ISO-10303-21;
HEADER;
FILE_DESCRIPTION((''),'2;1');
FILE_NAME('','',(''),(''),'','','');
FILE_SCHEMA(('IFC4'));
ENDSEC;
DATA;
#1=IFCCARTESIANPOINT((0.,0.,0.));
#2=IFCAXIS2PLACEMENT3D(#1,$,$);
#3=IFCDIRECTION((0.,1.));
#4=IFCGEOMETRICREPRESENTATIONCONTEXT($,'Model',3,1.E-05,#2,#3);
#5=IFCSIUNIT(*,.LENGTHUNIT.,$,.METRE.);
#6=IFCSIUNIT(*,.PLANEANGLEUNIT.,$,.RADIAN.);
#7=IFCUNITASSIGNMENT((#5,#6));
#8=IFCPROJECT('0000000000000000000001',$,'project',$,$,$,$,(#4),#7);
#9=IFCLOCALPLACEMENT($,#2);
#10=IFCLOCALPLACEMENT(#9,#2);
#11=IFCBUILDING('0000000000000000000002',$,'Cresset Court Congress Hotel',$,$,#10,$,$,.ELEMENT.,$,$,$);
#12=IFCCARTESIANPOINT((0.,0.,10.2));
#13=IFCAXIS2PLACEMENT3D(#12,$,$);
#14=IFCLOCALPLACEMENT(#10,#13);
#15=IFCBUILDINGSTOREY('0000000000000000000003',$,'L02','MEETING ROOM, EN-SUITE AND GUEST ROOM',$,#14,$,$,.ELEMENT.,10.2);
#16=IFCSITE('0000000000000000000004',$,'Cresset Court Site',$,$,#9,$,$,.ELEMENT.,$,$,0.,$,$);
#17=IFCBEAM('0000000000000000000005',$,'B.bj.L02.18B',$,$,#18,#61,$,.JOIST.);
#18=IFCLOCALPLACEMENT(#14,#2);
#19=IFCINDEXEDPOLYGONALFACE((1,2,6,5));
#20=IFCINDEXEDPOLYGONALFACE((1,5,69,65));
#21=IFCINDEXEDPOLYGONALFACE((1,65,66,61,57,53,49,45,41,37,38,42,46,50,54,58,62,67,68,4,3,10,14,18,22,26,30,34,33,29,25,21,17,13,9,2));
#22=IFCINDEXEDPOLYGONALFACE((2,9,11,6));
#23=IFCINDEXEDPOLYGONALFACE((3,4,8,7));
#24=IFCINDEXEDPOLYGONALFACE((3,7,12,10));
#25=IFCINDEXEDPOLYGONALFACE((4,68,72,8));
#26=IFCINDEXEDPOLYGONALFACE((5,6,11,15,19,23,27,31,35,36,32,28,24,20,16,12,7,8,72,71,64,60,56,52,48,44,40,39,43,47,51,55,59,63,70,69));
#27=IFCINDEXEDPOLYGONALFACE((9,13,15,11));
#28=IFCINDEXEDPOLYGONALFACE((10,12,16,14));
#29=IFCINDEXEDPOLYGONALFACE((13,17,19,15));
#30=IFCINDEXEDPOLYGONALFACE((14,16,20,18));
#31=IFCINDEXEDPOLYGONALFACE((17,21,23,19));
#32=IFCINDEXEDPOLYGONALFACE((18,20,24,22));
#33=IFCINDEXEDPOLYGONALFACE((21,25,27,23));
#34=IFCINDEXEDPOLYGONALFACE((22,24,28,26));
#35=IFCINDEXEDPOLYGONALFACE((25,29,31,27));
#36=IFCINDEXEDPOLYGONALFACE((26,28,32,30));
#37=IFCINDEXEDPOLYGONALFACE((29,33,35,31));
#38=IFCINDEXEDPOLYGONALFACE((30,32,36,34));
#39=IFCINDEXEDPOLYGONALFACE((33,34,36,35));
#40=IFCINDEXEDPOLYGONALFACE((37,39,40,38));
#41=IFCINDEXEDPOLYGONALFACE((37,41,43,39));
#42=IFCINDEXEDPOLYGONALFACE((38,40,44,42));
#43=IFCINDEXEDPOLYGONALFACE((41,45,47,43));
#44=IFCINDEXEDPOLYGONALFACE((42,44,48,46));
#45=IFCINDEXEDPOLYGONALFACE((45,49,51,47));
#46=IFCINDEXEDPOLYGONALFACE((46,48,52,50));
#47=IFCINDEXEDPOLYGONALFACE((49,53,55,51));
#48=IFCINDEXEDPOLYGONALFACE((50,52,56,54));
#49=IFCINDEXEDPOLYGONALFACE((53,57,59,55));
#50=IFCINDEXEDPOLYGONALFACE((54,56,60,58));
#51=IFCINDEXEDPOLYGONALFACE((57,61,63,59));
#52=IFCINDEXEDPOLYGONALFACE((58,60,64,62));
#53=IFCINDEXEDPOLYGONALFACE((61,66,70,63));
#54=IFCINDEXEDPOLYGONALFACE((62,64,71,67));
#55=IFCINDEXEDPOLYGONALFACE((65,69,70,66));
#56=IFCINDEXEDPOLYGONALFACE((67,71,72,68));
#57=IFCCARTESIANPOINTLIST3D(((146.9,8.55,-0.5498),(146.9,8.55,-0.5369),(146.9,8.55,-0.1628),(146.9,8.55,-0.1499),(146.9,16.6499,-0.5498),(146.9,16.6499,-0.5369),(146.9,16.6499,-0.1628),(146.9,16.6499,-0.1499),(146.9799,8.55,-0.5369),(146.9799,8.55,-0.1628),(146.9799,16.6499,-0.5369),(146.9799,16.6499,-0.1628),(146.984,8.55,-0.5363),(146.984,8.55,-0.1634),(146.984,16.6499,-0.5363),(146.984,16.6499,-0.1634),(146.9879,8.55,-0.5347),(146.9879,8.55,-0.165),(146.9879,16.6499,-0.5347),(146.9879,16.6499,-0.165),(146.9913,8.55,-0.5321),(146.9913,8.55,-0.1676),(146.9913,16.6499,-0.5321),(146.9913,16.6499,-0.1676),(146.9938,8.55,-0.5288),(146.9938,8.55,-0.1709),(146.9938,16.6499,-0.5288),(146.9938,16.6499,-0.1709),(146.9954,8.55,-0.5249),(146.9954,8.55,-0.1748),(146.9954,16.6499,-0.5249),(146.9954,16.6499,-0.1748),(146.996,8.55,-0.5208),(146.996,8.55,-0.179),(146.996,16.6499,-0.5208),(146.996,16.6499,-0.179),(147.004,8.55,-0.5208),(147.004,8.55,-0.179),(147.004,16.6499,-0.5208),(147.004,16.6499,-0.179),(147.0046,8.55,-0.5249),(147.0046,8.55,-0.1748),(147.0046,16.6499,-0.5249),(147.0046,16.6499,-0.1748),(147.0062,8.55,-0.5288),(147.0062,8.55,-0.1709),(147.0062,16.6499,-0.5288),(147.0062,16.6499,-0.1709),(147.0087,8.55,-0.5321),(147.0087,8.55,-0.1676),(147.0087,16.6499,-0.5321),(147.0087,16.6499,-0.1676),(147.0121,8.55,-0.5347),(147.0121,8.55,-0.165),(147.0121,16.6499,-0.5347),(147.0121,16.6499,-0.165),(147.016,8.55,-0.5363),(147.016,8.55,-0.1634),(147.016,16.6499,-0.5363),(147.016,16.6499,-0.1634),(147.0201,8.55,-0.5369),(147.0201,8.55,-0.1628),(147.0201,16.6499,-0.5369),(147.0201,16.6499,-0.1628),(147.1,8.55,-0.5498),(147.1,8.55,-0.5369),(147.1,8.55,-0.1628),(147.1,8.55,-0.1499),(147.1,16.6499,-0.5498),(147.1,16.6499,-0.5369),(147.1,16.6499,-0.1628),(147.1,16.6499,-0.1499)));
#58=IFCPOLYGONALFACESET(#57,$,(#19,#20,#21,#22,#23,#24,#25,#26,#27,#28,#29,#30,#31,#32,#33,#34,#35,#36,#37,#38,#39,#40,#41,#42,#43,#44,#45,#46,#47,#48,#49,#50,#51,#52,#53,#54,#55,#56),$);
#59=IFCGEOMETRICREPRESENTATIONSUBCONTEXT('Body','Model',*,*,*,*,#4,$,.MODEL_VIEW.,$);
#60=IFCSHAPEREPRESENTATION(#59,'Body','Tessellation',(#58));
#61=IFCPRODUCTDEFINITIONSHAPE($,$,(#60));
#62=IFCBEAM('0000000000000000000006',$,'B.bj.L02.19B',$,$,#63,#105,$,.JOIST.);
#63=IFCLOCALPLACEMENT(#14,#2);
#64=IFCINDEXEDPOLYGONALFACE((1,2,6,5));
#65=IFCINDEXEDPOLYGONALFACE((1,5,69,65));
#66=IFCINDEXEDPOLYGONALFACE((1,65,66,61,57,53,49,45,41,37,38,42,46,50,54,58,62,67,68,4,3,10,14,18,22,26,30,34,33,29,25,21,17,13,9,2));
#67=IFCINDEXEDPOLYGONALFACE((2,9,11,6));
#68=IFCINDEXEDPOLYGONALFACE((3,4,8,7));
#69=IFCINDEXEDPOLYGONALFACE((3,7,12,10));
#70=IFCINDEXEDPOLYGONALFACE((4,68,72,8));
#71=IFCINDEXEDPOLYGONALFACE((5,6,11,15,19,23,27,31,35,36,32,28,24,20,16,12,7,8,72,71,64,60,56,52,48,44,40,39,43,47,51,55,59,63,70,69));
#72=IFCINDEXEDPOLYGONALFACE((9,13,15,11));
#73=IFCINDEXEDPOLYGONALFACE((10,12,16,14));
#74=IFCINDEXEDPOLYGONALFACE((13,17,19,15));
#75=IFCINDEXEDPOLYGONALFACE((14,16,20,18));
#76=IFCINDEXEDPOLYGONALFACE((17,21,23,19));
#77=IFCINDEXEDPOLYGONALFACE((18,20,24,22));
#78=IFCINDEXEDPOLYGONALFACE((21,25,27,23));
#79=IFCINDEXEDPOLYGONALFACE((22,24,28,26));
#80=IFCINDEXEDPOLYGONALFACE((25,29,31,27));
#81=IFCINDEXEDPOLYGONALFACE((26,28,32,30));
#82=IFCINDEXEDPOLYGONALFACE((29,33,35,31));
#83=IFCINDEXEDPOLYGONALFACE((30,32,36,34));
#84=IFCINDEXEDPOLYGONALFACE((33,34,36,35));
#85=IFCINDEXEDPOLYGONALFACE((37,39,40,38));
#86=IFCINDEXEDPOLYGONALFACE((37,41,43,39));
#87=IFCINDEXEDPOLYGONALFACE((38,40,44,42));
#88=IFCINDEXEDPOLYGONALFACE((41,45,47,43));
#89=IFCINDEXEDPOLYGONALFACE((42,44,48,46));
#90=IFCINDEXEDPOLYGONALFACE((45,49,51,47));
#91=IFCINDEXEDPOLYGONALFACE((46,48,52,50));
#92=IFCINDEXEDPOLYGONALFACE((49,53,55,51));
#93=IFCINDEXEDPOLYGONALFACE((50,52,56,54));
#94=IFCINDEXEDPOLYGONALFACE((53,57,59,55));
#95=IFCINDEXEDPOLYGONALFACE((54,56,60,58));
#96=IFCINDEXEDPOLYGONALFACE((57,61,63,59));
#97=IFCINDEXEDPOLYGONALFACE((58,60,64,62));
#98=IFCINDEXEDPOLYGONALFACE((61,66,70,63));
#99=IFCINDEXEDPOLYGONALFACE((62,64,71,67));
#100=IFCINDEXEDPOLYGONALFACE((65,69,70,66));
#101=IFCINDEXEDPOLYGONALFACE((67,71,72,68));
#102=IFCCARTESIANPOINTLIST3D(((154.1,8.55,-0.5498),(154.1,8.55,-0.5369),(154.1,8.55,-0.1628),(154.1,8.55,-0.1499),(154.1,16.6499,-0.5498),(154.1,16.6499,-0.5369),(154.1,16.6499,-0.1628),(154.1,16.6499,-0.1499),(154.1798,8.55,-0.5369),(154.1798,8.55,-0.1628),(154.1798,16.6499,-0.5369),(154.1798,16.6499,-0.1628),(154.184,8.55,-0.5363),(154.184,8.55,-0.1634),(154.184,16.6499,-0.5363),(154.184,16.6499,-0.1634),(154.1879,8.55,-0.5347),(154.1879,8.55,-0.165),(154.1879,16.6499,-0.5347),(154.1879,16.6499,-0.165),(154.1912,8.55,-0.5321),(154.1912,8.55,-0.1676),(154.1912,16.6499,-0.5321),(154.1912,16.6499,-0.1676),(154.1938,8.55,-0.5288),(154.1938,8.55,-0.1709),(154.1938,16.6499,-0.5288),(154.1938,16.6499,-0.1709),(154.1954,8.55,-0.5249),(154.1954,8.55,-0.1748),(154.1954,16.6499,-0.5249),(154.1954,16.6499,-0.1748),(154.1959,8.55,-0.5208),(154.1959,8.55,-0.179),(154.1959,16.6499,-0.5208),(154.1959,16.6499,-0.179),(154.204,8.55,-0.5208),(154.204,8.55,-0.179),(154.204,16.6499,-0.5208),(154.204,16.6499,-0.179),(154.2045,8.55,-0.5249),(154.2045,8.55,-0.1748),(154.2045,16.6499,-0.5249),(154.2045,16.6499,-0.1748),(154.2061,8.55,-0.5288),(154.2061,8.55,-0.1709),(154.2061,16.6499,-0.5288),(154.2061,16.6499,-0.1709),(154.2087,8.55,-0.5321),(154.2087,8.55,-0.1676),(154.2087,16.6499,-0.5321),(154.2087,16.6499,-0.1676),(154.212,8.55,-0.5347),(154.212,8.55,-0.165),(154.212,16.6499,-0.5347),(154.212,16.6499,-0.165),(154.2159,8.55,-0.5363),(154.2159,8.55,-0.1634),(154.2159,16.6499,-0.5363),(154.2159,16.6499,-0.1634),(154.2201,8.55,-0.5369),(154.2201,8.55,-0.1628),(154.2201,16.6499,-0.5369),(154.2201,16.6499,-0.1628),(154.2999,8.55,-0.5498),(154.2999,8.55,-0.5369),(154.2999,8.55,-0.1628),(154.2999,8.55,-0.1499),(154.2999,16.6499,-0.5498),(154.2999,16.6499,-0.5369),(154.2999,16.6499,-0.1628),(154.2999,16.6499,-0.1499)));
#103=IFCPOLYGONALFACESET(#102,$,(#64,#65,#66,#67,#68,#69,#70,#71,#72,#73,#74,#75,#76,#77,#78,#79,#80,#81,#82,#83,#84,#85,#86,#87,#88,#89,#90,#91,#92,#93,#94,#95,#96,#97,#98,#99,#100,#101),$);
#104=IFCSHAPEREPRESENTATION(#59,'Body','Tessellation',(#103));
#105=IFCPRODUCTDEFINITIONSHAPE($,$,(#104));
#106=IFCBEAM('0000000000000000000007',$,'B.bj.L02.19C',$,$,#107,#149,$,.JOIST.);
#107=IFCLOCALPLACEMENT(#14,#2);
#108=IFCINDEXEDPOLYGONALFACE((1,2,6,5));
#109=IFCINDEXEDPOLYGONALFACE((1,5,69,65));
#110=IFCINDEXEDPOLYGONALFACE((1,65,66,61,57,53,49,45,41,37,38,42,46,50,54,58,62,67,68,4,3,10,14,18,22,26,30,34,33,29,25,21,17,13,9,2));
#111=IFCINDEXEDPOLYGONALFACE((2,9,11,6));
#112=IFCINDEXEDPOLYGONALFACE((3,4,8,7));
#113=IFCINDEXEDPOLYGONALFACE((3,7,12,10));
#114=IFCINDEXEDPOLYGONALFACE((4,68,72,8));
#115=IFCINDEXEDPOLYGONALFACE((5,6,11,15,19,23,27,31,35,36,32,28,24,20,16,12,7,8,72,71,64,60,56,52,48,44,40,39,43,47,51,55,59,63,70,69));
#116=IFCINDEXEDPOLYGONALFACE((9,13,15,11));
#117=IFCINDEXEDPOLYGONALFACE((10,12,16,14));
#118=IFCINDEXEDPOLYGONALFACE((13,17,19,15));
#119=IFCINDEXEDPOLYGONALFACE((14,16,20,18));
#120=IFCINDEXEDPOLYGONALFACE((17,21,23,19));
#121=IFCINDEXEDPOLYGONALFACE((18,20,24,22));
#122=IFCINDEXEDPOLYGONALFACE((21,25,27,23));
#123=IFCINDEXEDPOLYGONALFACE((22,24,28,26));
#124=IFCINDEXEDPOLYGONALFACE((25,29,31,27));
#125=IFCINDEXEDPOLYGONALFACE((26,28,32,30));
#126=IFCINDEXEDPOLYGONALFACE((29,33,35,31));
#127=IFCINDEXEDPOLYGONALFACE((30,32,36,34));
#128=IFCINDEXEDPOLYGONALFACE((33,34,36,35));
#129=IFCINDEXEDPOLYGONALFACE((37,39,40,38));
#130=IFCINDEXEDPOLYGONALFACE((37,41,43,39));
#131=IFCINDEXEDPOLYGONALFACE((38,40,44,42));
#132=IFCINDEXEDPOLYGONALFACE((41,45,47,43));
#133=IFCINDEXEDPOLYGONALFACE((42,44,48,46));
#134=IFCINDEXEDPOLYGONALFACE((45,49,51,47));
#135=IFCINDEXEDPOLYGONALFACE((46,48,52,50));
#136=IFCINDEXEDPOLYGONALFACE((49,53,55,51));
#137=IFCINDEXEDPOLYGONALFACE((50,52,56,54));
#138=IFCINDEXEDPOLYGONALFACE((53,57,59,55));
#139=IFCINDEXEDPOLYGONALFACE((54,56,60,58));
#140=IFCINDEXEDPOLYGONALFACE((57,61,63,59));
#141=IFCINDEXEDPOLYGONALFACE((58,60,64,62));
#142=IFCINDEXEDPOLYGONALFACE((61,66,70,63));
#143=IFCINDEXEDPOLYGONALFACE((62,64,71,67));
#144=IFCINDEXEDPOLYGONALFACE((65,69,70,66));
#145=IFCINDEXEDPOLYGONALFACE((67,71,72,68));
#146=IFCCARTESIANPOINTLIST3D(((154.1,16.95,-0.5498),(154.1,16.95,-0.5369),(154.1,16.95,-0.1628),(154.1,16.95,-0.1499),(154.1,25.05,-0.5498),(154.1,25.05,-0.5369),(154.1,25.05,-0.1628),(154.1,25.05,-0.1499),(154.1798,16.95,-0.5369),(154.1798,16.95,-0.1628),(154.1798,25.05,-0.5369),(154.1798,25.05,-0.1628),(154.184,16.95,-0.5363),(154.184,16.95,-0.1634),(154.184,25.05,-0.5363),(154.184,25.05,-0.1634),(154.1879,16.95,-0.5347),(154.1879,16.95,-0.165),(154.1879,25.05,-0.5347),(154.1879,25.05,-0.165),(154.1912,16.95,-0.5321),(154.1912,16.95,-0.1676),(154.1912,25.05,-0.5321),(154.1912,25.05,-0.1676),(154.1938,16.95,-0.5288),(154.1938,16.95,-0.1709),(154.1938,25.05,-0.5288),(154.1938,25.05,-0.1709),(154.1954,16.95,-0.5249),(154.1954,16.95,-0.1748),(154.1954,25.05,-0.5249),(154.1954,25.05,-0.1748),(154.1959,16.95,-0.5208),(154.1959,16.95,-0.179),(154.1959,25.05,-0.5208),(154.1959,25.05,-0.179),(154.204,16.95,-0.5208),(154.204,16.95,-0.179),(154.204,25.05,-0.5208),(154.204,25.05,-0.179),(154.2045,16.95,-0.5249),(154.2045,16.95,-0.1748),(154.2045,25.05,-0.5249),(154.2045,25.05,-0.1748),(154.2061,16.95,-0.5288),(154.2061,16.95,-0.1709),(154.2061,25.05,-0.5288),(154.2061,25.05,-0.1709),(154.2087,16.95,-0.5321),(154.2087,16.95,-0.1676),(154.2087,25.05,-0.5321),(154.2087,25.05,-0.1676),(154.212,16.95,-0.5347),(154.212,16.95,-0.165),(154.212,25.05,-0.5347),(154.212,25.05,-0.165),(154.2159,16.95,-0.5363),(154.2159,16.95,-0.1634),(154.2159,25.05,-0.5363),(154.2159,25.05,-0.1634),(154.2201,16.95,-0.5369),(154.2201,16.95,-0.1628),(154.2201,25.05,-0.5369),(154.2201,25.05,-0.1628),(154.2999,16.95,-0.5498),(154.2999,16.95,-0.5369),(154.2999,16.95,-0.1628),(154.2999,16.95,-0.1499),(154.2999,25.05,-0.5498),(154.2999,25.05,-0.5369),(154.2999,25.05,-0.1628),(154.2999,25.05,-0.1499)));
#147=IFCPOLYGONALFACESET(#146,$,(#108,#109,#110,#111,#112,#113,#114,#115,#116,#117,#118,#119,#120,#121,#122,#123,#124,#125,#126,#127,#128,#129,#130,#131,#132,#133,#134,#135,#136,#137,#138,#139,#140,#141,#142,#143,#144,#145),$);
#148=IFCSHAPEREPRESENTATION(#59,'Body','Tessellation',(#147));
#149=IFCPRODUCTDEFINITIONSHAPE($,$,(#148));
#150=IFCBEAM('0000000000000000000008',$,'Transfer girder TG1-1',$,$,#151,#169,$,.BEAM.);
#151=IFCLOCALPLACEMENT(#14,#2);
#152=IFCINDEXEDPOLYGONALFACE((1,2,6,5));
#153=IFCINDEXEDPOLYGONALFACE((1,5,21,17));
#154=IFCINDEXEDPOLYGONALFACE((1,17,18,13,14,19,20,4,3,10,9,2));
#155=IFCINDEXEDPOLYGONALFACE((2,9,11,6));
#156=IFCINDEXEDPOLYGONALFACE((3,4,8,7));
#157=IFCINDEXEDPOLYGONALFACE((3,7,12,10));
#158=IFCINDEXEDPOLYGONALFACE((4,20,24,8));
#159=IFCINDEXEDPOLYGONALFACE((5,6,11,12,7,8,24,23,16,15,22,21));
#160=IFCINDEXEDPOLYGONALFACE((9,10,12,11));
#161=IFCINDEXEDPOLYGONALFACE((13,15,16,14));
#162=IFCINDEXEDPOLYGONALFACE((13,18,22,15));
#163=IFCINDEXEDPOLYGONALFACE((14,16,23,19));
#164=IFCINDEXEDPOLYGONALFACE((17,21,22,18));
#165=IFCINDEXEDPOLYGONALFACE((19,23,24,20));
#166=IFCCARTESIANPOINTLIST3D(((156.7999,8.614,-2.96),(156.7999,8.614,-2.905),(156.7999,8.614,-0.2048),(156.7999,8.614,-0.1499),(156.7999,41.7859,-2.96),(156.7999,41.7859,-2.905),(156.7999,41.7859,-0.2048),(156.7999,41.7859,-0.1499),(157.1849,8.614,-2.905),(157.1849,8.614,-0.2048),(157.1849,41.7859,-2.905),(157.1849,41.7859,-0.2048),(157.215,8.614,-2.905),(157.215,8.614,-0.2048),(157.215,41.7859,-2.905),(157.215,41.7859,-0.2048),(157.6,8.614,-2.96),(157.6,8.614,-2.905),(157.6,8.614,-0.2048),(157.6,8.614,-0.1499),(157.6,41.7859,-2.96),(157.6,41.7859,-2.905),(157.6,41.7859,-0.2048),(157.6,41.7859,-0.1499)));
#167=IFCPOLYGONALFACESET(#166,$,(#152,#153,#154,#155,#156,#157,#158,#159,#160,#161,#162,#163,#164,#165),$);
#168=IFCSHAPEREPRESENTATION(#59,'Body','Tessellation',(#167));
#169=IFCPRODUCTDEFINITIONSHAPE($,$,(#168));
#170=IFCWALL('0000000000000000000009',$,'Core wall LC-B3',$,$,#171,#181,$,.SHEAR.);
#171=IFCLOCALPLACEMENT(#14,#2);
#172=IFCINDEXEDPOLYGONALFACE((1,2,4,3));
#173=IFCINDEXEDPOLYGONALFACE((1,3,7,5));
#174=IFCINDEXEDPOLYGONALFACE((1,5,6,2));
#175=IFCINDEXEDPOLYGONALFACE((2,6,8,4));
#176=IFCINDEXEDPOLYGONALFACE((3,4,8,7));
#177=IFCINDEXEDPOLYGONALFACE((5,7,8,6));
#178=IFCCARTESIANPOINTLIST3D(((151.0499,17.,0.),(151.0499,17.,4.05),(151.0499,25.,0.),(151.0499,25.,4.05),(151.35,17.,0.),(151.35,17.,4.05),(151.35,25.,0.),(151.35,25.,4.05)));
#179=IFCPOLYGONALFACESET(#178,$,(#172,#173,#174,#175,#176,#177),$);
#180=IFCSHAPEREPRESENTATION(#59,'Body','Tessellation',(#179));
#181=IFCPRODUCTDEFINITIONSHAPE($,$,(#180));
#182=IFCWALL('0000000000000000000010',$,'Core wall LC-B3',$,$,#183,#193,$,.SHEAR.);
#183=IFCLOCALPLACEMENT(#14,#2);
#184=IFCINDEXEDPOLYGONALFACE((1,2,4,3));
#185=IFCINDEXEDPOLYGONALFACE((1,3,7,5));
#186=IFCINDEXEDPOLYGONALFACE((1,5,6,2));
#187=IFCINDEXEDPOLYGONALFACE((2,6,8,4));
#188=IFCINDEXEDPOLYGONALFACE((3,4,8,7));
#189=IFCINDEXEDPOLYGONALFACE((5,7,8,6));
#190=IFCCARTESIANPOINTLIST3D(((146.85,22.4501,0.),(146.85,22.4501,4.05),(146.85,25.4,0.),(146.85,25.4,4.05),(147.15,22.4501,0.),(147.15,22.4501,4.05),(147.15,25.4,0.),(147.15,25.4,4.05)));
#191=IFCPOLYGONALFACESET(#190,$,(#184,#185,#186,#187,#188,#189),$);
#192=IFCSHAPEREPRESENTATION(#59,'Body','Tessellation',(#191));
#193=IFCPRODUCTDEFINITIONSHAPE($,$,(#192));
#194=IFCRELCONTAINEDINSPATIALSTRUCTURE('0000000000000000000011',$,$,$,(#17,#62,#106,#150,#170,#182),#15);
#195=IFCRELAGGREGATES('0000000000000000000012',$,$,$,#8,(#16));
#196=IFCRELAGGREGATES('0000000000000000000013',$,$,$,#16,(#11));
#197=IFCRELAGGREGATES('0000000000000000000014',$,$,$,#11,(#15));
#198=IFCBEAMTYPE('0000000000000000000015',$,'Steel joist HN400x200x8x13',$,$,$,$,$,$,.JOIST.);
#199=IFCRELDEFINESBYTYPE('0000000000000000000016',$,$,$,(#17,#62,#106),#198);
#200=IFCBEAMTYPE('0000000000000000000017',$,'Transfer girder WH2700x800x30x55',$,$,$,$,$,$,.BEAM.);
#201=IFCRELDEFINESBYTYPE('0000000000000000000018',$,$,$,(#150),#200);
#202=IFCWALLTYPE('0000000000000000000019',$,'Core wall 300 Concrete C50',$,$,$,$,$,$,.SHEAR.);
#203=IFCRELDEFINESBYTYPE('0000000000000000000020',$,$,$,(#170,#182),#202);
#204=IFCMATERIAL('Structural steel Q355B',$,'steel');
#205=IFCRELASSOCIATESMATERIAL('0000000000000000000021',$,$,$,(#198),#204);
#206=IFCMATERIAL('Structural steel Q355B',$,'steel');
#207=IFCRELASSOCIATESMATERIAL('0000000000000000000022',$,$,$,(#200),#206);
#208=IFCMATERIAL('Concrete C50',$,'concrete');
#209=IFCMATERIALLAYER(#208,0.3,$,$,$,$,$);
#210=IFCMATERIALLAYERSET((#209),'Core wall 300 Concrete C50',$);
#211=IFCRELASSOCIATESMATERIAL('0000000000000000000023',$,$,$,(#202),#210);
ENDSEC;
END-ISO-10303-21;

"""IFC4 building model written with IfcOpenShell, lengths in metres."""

from ifc_helpers import new_model, si_unit, direction, frame, frame_2d, origin, origin_2d, place, context, subcontext, project, spatial, rectangle, i_section, extrude, material, layer, layer_set, material_profile, profile_set, type_object, element, save


model = new_model("IFC4")

# Units and contexts
model_context = context("Model", 3, precision=1e-05, world=origin(), true_north=direction((0.0, 1.0)))
body_context = subcontext(model_context, "Body", "Model", "MODEL_VIEW")
ifc_project = project(units=[si_unit("LENGTHUNIT", "METRE"), si_unit("PLANEANGLEUNIT", "RADIAN")], contexts=[model_context])

# Site, building, storey
site_placement = place(None, origin())
site = spatial("IfcSite", under=ifc_project, at=site_placement, Name="Cresset Court Site", CompositionType="ELEMENT", RefElevation=0.0)
building_placement = place(site_placement, origin())
building = spatial("IfcBuilding", under=site, at=building_placement, Name="Cresset Court Congress Hotel", CompositionType="ELEMENT")
storey_placement = place(building_placement, frame((0.0, 0.0, 10.2)))
storey = spatial("IfcBuildingStorey", under=building, at=storey_placement, Name="L02", Description="MEETING ROOM, EN-SUITE AND GUEST ROOM", CompositionType="ELEMENT", Elevation=10.2)

# Beams
ifc_material_1 = material(Name="Structural steel Q355B", Category="steel")
ifc_material_profile_1 = material_profile(ifc_material_1, i_section(OverallWidth=0.2, OverallDepth=0.3999, WebThickness=0.0081, FlangeThickness=0.0129, FilletRadius=0.0161, at=origin_2d()), Name="HN400x200x8x13")
ifc_profile_set_1 = profile_set([ifc_material_profile_1], Name="Structural steel Q355B")
beam_type_1 = type_object("IfcBeamType", Name="Steel joist HN400x200x8x13", PredefinedType="JOIST", material=ifc_profile_set_1)
for number, where, z_axis, x_axis, name in (
    (1, (147.0, 8.55, -0.3499), (0.0, 1.0, 0.0), (-1.0, 0.0, 0.0), "B.bj.L02.18B"),
    (2, (154.2, 8.55, -0.3499), (0.0, 1.0, 0.0), (-1.0, 0.0, 0.0), "B.bj.L02.19B"),
):
    element("IfcBeam", number, at=place(storey_placement, frame(where, z_axis=z_axis, x_axis=x_axis)), inside=storey, type_object=beam_type_1, Name=name, PredefinedType="JOIST", context=body_context, shape_type="SweptSolid", body=[
        extrude(i_section(OverallWidth=0.2, OverallDepth=0.3999, WebThickness=0.0081, FlangeThickness=0.0129, FilletRadius=0.0161, at=origin_2d()), origin(), (0.0, 0.0, 1.0), 8.0999),
    ])
beam_1_placement = place(storey_placement, frame((154.2, 16.95, -0.3499), z_axis=(0.0, 1.0, 0.0), x_axis=(-1.0, 0.0, 0.0)))
element("IfcBeam", 3, at=beam_1_placement, inside=storey, type_object=beam_type_1, Name="B.bj.L02.19C", PredefinedType="JOIST", context=body_context, shape_type="SweptSolid", body=[
    extrude(i_section(OverallWidth=0.2, OverallDepth=0.3999, WebThickness=0.0081, FlangeThickness=0.0129, FilletRadius=0.0161, at=origin_2d()), origin(), (0.0, 0.0, 1.0), 8.1001),
])
ifc_material_2 = material(Name="Structural steel Q355B", Category="steel")
ifc_material_profile_2 = material_profile(ifc_material_2, i_section(OverallWidth=0.8, OverallDepth=2.8101, WebThickness=0.03, FlangeThickness=0.0549, at=origin_2d()), Name="WH2700x800x30x55")
ifc_profile_set_2 = profile_set([ifc_material_profile_2], Name="Structural steel Q355B")
beam_type_2 = type_object("IfcBeamType", Name="Transfer girder WH2700x800x30x55", PredefinedType="BEAM", material=ifc_profile_set_2)
beam_2_placement = place(storey_placement, frame((157.2, 8.614, -1.5549), z_axis=(0.0, 1.0, 0.0), x_axis=(-1.0, 0.0, 0.0)))
element("IfcBeam", 4, at=beam_2_placement, inside=storey, type_object=beam_type_2, Name="Transfer girder TG1-1", PredefinedType="BEAM", context=body_context, shape_type="SweptSolid", body=[
    extrude(i_section(OverallWidth=0.8, OverallDepth=2.8101, WebThickness=0.03, FlangeThickness=0.0549, at=origin_2d()), origin(), (0.0, 0.0, 1.0), 33.1719),
])

# Walls
ifc_material_3 = material(Name="Concrete C50", Category="concrete")
ifc_layer_1 = layer(ifc_material_3, 0.3)
ifc_layer_set_1 = layer_set([ifc_layer_1], Name="Core wall 300 Concrete C50")
wall_type_1 = type_object("IfcWallType", Name="Core wall 300 Concrete C50", PredefinedType="SHEAR", material=ifc_layer_set_1)
wall_1_placement = place(storey_placement, frame((151.2, 17.0, 0.0), z_axis=(0.0, 0.0, 1.0), x_axis=(0.0, 1.0, 0.0)))
element("IfcWall", 5, at=wall_1_placement, inside=storey, type_object=wall_type_1, Name="Core wall LC-B3", PredefinedType="SHEAR", context=body_context, shape_type="SweptSolid", body=[
    extrude(rectangle(XDim=8.0, YDim=0.3, at=frame_2d((4.0, 0.0))), origin(), (0.0, 0.0, 1.0), 4.05),
])
wall_2_placement = place(storey_placement, frame((147.0, 22.45, 0.0), z_axis=(0.0, 0.0, 1.0), x_axis=(0.0, 1.0, 0.0)))
element("IfcWall", 6, at=wall_2_placement, inside=storey, type_object=wall_type_1, Name="Core wall LC-B3", PredefinedType="SHEAR", context=body_context, shape_type="SweptSolid", body=[
    extrude(rectangle(XDim=2.95, YDim=0.3, at=frame_2d((1.4751, 0.0))), origin(), (0.0, 0.0, 1.0), 4.05),
])

save(model, "model.ifc")
